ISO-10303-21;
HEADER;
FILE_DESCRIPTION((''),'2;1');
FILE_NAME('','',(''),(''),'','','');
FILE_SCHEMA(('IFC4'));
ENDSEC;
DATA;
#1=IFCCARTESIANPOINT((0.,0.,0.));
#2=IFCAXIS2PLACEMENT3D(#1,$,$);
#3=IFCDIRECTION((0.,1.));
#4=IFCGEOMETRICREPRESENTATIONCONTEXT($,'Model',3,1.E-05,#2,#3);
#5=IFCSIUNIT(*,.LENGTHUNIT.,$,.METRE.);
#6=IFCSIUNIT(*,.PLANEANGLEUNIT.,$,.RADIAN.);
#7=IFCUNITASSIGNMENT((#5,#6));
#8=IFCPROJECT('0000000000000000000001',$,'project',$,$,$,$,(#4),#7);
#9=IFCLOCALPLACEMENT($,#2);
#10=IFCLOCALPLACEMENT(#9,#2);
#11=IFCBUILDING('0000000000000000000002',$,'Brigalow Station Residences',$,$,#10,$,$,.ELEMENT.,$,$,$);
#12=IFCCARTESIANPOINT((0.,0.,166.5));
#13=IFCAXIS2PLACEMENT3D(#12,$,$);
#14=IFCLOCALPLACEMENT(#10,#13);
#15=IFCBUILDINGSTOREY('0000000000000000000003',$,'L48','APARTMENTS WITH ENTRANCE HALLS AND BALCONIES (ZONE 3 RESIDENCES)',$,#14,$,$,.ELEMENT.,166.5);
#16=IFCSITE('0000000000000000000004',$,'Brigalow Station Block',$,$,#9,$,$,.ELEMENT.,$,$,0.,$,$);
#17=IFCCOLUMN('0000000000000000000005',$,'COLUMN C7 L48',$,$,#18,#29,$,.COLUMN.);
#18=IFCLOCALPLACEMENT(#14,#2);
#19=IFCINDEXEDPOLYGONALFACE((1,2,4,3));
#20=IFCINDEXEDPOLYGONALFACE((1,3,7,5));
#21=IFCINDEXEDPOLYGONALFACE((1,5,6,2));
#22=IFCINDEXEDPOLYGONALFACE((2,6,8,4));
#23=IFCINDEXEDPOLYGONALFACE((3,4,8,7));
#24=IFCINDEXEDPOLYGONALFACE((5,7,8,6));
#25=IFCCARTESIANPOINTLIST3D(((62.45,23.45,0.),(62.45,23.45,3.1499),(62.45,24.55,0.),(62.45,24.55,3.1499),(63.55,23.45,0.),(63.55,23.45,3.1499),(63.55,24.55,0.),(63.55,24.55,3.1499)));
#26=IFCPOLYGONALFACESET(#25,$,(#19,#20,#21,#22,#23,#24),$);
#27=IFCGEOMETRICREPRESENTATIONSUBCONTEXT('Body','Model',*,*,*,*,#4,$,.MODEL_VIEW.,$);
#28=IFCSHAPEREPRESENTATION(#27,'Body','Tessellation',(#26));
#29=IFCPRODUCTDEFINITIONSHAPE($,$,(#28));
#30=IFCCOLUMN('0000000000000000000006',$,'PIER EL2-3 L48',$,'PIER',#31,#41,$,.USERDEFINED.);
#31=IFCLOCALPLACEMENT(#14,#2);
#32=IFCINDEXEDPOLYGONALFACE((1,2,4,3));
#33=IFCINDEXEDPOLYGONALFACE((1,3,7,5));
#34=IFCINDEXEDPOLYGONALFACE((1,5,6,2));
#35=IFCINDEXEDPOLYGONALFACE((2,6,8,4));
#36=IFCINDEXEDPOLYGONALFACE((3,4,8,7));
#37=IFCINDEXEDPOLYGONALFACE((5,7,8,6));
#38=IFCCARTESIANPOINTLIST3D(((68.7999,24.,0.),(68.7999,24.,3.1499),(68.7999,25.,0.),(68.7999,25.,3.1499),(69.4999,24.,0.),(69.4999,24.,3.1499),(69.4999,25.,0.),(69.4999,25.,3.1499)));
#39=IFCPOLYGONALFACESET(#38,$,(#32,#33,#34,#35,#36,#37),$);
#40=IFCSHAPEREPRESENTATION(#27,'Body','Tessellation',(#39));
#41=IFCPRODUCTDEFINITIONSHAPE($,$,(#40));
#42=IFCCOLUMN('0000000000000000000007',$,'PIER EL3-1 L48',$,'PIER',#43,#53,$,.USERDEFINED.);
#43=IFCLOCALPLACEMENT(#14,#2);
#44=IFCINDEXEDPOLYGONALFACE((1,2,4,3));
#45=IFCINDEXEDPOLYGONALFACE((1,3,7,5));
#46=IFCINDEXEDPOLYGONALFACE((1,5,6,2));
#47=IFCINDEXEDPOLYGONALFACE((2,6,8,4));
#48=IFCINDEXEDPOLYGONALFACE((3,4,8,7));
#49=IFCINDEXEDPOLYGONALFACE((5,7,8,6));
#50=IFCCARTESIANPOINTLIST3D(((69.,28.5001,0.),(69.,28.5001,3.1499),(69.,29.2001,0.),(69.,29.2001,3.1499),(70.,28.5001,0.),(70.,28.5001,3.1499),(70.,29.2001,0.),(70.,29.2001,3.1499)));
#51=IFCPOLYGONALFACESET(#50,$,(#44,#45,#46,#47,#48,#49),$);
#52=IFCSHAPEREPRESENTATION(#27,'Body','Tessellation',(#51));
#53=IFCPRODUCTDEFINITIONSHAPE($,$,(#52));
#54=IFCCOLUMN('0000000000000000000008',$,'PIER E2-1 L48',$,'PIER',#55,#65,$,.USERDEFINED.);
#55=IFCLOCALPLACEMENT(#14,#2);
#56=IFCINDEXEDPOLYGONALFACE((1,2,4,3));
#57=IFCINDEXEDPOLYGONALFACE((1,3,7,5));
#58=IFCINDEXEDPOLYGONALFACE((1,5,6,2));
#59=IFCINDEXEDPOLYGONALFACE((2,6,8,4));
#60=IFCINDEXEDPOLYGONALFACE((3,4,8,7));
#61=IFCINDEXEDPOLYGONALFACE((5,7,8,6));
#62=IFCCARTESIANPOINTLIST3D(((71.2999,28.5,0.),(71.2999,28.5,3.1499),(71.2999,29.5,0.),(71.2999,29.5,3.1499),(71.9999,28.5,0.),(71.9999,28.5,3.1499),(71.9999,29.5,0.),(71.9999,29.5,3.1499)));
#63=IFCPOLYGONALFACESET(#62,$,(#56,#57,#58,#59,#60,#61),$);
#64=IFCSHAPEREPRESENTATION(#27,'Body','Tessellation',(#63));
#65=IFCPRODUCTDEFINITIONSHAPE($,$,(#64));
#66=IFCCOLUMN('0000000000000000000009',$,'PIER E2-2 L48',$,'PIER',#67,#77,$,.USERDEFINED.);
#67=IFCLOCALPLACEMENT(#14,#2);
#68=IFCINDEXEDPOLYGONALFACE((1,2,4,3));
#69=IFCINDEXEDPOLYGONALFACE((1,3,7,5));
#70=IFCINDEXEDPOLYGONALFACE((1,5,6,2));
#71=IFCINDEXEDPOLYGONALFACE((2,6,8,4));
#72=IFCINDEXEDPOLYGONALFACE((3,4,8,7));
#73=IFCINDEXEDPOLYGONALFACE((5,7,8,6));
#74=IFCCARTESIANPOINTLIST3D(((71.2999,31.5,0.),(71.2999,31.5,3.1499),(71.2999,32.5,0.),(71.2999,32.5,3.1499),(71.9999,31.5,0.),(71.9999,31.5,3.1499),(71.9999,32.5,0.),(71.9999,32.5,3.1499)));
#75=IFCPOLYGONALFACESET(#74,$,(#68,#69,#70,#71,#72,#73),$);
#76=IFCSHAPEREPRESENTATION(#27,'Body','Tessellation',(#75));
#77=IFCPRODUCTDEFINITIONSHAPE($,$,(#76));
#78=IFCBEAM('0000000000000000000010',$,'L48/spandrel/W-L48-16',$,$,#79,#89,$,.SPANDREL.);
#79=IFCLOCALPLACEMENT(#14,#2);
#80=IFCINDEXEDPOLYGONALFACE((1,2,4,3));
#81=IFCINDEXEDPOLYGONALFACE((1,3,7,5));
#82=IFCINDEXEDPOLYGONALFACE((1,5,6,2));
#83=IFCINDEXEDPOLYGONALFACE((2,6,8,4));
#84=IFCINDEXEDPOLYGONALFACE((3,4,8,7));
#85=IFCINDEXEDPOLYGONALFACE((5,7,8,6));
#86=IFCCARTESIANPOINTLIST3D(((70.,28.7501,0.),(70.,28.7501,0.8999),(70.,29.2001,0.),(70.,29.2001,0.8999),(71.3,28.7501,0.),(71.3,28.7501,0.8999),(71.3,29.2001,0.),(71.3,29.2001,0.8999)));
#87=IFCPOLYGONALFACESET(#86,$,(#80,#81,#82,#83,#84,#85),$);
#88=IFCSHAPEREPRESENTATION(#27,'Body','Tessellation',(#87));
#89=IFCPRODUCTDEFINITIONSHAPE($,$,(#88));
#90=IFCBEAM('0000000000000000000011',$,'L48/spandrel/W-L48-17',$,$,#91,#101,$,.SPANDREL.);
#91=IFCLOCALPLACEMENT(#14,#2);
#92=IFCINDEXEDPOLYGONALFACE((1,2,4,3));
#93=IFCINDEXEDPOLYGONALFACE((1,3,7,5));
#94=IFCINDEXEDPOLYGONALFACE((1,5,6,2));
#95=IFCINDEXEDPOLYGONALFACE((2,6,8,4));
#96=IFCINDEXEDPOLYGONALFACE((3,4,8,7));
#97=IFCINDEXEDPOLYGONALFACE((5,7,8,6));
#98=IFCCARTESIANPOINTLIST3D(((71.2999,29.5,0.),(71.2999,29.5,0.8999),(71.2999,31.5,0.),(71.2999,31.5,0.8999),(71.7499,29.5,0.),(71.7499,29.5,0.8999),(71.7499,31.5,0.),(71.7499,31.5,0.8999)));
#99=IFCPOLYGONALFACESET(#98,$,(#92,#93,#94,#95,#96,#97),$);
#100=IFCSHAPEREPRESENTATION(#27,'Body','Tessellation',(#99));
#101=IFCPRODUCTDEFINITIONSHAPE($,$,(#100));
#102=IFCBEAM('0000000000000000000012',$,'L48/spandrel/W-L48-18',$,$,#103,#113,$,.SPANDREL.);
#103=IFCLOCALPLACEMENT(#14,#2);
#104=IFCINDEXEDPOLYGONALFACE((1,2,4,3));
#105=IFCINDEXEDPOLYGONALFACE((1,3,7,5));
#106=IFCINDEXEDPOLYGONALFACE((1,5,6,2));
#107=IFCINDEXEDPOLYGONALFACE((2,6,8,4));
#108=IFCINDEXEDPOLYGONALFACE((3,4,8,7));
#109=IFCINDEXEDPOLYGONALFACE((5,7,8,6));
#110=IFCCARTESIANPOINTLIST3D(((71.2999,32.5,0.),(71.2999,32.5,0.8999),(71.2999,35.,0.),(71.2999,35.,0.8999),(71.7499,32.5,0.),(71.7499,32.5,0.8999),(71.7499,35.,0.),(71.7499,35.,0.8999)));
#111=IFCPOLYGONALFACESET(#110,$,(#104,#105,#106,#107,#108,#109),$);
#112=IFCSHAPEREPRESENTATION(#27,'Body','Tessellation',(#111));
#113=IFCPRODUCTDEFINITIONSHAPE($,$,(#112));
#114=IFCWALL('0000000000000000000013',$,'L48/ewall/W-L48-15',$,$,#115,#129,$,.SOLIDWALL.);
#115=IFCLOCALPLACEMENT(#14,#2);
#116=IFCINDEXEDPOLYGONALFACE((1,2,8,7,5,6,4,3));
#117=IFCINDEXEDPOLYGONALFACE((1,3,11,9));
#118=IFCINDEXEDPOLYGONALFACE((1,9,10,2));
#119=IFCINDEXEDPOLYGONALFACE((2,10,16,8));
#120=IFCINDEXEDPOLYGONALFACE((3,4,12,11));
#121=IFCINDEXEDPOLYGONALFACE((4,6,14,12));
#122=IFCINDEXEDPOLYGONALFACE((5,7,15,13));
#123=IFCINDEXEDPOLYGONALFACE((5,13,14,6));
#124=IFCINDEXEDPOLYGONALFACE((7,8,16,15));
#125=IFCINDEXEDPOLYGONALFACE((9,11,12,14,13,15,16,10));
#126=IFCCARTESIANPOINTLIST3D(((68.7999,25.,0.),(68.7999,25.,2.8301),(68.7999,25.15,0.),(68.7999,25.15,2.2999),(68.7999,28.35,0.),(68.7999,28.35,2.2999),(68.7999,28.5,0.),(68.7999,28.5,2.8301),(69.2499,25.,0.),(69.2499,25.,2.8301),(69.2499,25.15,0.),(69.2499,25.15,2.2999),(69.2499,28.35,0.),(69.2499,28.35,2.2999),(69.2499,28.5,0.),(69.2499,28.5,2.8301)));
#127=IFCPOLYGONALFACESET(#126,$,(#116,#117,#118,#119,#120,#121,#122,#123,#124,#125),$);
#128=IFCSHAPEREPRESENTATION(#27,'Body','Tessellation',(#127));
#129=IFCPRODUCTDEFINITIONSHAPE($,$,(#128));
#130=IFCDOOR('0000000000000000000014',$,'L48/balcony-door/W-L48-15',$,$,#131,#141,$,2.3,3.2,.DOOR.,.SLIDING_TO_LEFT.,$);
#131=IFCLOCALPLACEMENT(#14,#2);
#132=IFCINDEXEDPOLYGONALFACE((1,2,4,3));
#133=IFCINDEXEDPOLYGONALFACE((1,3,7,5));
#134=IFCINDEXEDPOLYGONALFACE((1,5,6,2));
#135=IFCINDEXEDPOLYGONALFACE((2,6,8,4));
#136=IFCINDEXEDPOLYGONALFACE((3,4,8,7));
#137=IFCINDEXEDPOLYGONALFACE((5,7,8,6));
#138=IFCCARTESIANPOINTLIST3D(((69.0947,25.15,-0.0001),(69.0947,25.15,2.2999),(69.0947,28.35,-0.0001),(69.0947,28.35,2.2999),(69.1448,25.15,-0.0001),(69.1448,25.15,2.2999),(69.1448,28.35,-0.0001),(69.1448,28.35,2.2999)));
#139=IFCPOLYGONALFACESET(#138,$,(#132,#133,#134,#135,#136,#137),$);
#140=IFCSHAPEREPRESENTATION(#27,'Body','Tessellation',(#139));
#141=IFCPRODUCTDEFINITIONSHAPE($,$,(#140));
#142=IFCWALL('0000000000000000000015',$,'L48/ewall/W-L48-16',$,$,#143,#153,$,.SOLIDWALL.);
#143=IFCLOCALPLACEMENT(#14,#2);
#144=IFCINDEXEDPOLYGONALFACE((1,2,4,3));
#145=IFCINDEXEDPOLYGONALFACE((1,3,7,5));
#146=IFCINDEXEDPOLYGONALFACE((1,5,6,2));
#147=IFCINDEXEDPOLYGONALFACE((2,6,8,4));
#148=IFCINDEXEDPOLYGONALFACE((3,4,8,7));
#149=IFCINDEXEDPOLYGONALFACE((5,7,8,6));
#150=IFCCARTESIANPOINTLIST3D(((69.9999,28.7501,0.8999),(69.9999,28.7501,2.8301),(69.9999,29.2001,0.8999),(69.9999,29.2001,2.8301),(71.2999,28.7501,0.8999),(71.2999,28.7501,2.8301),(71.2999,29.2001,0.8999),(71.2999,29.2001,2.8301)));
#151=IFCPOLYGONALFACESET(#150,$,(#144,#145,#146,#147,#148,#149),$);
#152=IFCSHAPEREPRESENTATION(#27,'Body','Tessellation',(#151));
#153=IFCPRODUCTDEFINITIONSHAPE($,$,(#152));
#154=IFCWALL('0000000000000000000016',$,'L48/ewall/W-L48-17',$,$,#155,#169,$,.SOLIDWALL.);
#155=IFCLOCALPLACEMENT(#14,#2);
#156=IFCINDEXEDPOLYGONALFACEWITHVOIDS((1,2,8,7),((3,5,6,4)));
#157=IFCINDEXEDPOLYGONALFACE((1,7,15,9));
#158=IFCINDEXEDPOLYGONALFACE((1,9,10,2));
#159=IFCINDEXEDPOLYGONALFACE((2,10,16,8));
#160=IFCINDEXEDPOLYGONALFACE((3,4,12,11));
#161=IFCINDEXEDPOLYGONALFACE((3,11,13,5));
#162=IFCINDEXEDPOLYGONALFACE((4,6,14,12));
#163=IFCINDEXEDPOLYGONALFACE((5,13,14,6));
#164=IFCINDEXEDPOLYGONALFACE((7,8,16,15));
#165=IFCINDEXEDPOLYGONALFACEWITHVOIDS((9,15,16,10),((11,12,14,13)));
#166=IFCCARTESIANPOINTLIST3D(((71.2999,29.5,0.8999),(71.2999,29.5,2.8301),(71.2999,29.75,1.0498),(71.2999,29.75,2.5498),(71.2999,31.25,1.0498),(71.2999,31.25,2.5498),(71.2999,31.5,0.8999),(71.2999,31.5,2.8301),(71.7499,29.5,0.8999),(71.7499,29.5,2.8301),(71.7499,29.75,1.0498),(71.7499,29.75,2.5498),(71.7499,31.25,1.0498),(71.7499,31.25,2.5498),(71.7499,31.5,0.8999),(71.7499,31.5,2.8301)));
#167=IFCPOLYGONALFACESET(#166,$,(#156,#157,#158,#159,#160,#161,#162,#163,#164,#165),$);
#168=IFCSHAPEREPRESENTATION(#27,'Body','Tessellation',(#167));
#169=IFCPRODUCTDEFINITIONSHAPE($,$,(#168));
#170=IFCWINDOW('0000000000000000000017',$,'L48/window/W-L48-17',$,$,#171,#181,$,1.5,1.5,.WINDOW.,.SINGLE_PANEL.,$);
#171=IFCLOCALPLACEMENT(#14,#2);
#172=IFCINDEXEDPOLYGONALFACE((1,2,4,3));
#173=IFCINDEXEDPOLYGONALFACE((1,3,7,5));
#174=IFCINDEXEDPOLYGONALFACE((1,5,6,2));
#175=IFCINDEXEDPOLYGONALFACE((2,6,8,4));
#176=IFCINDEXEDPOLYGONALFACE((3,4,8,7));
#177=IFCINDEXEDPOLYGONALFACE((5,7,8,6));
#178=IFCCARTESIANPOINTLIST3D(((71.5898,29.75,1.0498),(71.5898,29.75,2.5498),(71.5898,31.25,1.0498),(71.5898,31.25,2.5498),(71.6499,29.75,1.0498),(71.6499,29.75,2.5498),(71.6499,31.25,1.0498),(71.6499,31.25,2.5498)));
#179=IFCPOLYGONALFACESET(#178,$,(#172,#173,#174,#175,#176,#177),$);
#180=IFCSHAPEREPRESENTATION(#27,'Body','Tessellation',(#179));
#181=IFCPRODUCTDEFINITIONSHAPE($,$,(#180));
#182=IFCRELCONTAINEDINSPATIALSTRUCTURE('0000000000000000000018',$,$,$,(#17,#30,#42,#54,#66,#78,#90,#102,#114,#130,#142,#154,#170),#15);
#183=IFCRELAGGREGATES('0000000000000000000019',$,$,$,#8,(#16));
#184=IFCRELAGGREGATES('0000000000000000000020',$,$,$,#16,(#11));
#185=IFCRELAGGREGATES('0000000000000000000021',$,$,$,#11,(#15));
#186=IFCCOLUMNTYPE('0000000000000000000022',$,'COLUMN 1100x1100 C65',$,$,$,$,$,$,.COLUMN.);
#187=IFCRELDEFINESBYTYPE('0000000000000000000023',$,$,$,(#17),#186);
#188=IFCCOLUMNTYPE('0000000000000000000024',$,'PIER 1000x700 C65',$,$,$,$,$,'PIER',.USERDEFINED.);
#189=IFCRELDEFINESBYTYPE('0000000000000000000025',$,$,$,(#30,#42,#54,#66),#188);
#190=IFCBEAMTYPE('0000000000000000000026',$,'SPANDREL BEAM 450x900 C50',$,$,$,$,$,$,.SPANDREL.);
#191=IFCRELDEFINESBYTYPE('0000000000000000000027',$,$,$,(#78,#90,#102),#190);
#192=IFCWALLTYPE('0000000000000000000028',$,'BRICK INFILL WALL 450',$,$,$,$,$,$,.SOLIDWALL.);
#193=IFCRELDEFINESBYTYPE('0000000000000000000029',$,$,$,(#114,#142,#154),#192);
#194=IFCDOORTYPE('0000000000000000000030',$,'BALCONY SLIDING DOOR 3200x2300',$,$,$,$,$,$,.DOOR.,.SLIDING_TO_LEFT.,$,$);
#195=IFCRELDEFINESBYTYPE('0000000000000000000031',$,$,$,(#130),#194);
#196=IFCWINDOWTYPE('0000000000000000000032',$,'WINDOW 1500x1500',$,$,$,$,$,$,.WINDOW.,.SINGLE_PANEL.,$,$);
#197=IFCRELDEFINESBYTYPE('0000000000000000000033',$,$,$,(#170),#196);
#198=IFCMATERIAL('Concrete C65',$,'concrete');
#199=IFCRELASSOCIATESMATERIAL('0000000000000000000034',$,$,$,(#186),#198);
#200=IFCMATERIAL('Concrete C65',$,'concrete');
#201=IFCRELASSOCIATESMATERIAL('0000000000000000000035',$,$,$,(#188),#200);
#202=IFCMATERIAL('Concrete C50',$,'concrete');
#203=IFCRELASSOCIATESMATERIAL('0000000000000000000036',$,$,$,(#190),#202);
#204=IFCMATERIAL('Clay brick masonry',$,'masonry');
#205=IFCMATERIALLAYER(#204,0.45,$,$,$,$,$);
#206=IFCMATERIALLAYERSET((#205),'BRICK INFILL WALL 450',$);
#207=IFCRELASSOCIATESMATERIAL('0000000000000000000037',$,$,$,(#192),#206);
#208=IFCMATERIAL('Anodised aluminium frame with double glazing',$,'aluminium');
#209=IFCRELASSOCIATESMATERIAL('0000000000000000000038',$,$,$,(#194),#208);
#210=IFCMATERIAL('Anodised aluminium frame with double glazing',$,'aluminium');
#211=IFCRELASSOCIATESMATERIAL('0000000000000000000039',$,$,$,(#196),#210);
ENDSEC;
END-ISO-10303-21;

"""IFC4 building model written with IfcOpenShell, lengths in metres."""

from ifc_helpers import new_model, si_unit, direction, frame, frame_2d, origin, origin_2d, place, context, subcontext, project, spatial, rectangle, extrude, material, layer, layer_set, material_profile, profile_set, type_object, element, fill, save


model = new_model("IFC4")

# Units and contexts
model_context = context("Model", 3, precision=1e-05, world=origin(), true_north=direction((0.0, 1.0)))
body_context = subcontext(model_context, "Body", "Model", "MODEL_VIEW")
ifc_project = project(units=[si_unit("LENGTHUNIT", "METRE"), si_unit("PLANEANGLEUNIT", "RADIAN")], contexts=[model_context])

# Site, building, storey
site_placement = place(None, origin())
site = spatial("IfcSite", under=ifc_project, at=site_placement, Name="Brigalow Station Block", CompositionType="ELEMENT", RefElevation=0.0)
building_placement = place(site_placement, origin())
building = spatial("IfcBuilding", under=site, at=building_placement, Name="Brigalow Station Residences", CompositionType="ELEMENT")
storey_placement = place(building_placement, frame((0.0, 0.0, 166.5)))
storey = spatial("IfcBuildingStorey", under=building, at=storey_placement, Name="L48", Description="APARTMENTS WITH ENTRANCE HALLS AND BALCONIES (ZONE 3 RESIDENCES)", CompositionType="ELEMENT", Elevation=166.5)

# Columns
ifc_material_1 = material(Name="Concrete C65", Category="concrete")
ifc_material_profile_1 = material_profile(ifc_material_1, rectangle(XDim=1.1001, YDim=1.1001, at=origin_2d()), Name="RC1100x1100")
ifc_profile_set_1 = profile_set([ifc_material_profile_1], Name="Concrete C65")
column_type_1 = type_object("IfcColumnType", Name="COLUMN 1100x1100 C65", PredefinedType="COLUMN", material=ifc_profile_set_1)
column_placement = place(storey_placement, frame((63.0, 24.0, 0.0), z_axis=(0.0, 0.0, 1.0), x_axis=(1.0, 0.0, 0.0)))
element("IfcColumn", 1, at=column_placement, inside=storey, type_object=column_type_1, Name="COLUMN C7 L48", PredefinedType="COLUMN", context=body_context, shape_type="SweptSolid", body=[
    extrude(rectangle(XDim=1.1001, YDim=1.1001, at=origin_2d()), origin(), (0.0, 0.0, 1.0), 3.1499),
])
ifc_material_2 = material(Name="Concrete C65", Category="concrete")
ifc_material_profile_2 = material_profile(ifc_material_2, rectangle(XDim=1.0, YDim=0.7, at=origin_2d()), Name="RC1000x700")
ifc_profile_set_2 = profile_set([ifc_material_profile_2], Name="Concrete C65")
column_type_2 = type_object("IfcColumnType", Name="PIER 1000x700 C65", ElementType="PIER", PredefinedType="USERDEFINED", material=ifc_profile_set_2)
for number, where, z_axis, x_axis, name in (
    (2, (69.1499, 24.5, 0.0), (0.0, 0.0, 1.0), (0.0, 1.0, 0.0), "PIER EL2-3 L48"),
    (3, (69.5, 28.8501, 0.0), (0.0, 0.0, 1.0), (1.0, 0.0, 0.0), "PIER EL3-1 L48"),
    (4, (71.6499, 29.0, 0.0), (0.0, 0.0, 1.0), (0.0, 1.0, 0.0), "PIER E2-1 L48"),
    (5, (71.6499, 32.0, 0.0), (0.0, 0.0, 1.0), (0.0, 1.0, 0.0), "PIER E2-2 L48"),
):
    element("IfcColumn", number, at=place(storey_placement, frame(where, z_axis=z_axis, x_axis=x_axis)), inside=storey, type_object=column_type_2, Name=name, ObjectType="PIER", PredefinedType="USERDEFINED", context=body_context, shape_type="SweptSolid", body=[
        extrude(rectangle(XDim=1.0, YDim=0.7, at=origin_2d()), origin(), (0.0, 0.0, 1.0), 3.1499),
    ])

# Beams
ifc_material_3 = material(Name="Concrete C50", Category="concrete")
ifc_material_profile_3 = material_profile(ifc_material_3, rectangle(XDim=0.45, YDim=0.8999, at=origin_2d()), Name="RC450x900")
ifc_profile_set_3 = profile_set([ifc_material_profile_3], Name="Concrete C50")
beam_type = type_object("IfcBeamType", Name="SPANDREL BEAM 450x900 C50", PredefinedType="SPANDREL", material=ifc_profile_set_3)
beam_1_placement = place(storey_placement, frame((70.0, 28.9751, 0.45), z_axis=(1.0, 0.0, 0.0), x_axis=(0.0, 1.0, 0.0)))
element("IfcBeam", 6, at=beam_1_placement, inside=storey, type_object=beam_type, Name="L48/spandrel/W-L48-16", PredefinedType="SPANDREL", context=body_context, shape_type="SweptSolid", body=[
    extrude(rectangle(XDim=0.45, YDim=0.8999, at=origin_2d()), origin(), (0.0, 0.0, 1.0), 1.3),
])
beam_2_placement = place(storey_placement, frame((71.5249, 29.5, 0.45), z_axis=(0.0, 1.0, 0.0), x_axis=(-1.0, 0.0, 0.0)))
element("IfcBeam", 7, at=beam_2_placement, inside=storey, type_object=beam_type, Name="L48/spandrel/W-L48-17", PredefinedType="SPANDREL", context=body_context, shape_type="SweptSolid", body=[
    extrude(rectangle(XDim=0.45, YDim=0.8999, at=origin_2d()), origin(), (0.0, 0.0, 1.0), 2.0),
])
beam_3_placement = place(storey_placement, frame((71.5249, 32.5, 0.45), z_axis=(0.0, 1.0, 0.0), x_axis=(-1.0, 0.0, 0.0)))
element("IfcBeam", 8, at=beam_3_placement, inside=storey, type_object=beam_type, Name="L48/spandrel/W-L48-18", PredefinedType="SPANDREL", context=body_context, shape_type="SweptSolid", body=[
    extrude(rectangle(XDim=0.45, YDim=0.8999, at=origin_2d()), origin(), (0.0, 0.0, 1.0), 2.5),
])

# Wall, opening, door
ifc_material_4 = material(Name="Clay brick masonry", Category="masonry")
ifc_layer_1 = layer(ifc_material_4, 0.45)
ifc_layer_set_1 = layer_set([ifc_layer_1], Name="BRICK INFILL WALL 450")
wall_type_1 = type_object("IfcWallType", Name="BRICK INFILL WALL 450", PredefinedType="SOLIDWALL", material=ifc_layer_set_1)
wall_1_placement = place(storey_placement, frame((69.0249, 25.0, 0.0), z_axis=(0.0, 0.0, 1.0), x_axis=(0.0, 1.0, 0.0)))
wall_1 = element("IfcWall", 9, at=wall_1_placement, inside=storey, type_object=wall_type_1, Name="L48/ewall/W-L48-15", PredefinedType="SOLIDWALL", context=body_context, shape_type="SweptSolid", body=[
    extrude(rectangle(XDim=3.5, YDim=0.45, at=frame_2d((1.75, 0.0))), origin(), (0.0, 0.0, 1.0), 2.8301),
])
opening_1_placement = place(wall_1_placement, frame((0.1499, 0.0, 0.0)))
opening_1 = element("IfcOpeningElement", 10, at=opening_1_placement, cuts=wall_1, PredefinedType="OPENING", context=body_context, shape_type="SweptSolid", body=[
    extrude(rectangle(XDim=3.2, YDim=2.3, at=frame_2d((1.6001, 1.1499))), frame((0.0, 0.2349, 0.0), z_axis=(0.0, -1.0, 0.0), x_axis=(1.0, 0.0, 0.0)), (0.0, 0.0, 1.0), 0.47),
])
ifc_material_5 = material(Name="Anodised aluminium frame with double glazing", Category="aluminium")
door_type_1 = type_object("IfcDoorType", Name="BALCONY SLIDING DOOR 3200x2300", OperationType="SLIDING_TO_LEFT", PredefinedType="DOOR", material=ifc_material_5)
door_1_placement = place(opening_1_placement, origin())
door_1 = element("IfcDoor", 11, at=door_1_placement, inside=storey, type_object=door_type_1, Name="L48/balcony-door/W-L48-15", OperationType="SLIDING_TO_LEFT", OverallHeight=2.3, OverallWidth=3.2, PredefinedType="DOOR", context=body_context, shape_type="SweptSolid", body=[
    extrude(rectangle(XDim=3.2, YDim=2.3, at=frame_2d((1.6001, 1.1499))), frame((0.0, -0.0698, 0.0), z_axis=(0.0, -1.0, 0.0), x_axis=(1.0, 0.0, 0.0)), (0.0, 0.0, 1.0), 0.05),
])
fill(opening_1, door_1)

# Wall
wall_2_placement = place(storey_placement, frame((70.0, 28.9751, 0.8999), z_axis=(0.0, 0.0, 1.0), x_axis=(1.0, 0.0, 0.0)))
element("IfcWall", 12, at=wall_2_placement, inside=storey, type_object=wall_type_1, Name="L48/ewall/W-L48-16", PredefinedType="SOLIDWALL", context=body_context, shape_type="SweptSolid", body=[
    extrude(rectangle(XDim=1.3, YDim=0.45, at=frame_2d((0.6499, 0.0))), origin(), (0.0, 0.0, 1.0), 1.9302),
])

# Wall, opening, window
wall_3_placement = place(storey_placement, frame((71.5249, 29.5, 0.8999), z_axis=(0.0, 0.0, 1.0), x_axis=(0.0, 1.0, 0.0)))
wall_3 = element("IfcWall", 13, at=wall_3_placement, inside=storey, type_object=wall_type_1, Name="L48/ewall/W-L48-17", PredefinedType="SOLIDWALL", context=body_context, shape_type="SweptSolid", body=[
    extrude(rectangle(XDim=2.0, YDim=0.45, at=frame_2d((1.0, 0.0))), origin(), (0.0, 0.0, 1.0), 1.9302),
])
opening_2_placement = place(wall_3_placement, frame((0.25, 0.0, 0.1499)))
opening_2 = element("IfcOpeningElement", 14, at=opening_2_placement, cuts=wall_3, PredefinedType="OPENING", context=body_context, shape_type="SweptSolid", body=[
    extrude(rectangle(XDim=1.5, YDim=1.5, at=frame_2d((0.75, 0.75))), frame((0.0, 0.2349, 0.0), z_axis=(0.0, -1.0, 0.0), x_axis=(1.0, 0.0, 0.0)), (0.0, 0.0, 1.0), 0.47),
])
ifc_material_6 = material(Name="Anodised aluminium frame with double glazing", Category="aluminium")
window_type_1 = type_object("IfcWindowType", Name="WINDOW 1500x1500", PartitioningType="SINGLE_PANEL", PredefinedType="WINDOW", material=ifc_material_6)
window_1_placement = place(opening_2_placement, origin())
window_1 = element("IfcWindow", 15, at=window_1_placement, inside=storey, type_object=window_type_1, Name="L48/window/W-L48-17", OverallHeight=1.5, OverallWidth=1.5, PartitioningType="SINGLE_PANEL", PredefinedType="WINDOW", context=body_context, shape_type="SweptSolid", body=[
    extrude(rectangle(XDim=1.5, YDim=1.5, at=frame_2d((0.75, 0.75))), frame((0.0, -0.0649, 0.0), z_axis=(0.0, -1.0, 0.0), x_axis=(1.0, 0.0, 0.0)), (0.0, 0.0, 1.0), 0.0601),
])
fill(opening_2, window_1)

save(model, "model.ifc")
